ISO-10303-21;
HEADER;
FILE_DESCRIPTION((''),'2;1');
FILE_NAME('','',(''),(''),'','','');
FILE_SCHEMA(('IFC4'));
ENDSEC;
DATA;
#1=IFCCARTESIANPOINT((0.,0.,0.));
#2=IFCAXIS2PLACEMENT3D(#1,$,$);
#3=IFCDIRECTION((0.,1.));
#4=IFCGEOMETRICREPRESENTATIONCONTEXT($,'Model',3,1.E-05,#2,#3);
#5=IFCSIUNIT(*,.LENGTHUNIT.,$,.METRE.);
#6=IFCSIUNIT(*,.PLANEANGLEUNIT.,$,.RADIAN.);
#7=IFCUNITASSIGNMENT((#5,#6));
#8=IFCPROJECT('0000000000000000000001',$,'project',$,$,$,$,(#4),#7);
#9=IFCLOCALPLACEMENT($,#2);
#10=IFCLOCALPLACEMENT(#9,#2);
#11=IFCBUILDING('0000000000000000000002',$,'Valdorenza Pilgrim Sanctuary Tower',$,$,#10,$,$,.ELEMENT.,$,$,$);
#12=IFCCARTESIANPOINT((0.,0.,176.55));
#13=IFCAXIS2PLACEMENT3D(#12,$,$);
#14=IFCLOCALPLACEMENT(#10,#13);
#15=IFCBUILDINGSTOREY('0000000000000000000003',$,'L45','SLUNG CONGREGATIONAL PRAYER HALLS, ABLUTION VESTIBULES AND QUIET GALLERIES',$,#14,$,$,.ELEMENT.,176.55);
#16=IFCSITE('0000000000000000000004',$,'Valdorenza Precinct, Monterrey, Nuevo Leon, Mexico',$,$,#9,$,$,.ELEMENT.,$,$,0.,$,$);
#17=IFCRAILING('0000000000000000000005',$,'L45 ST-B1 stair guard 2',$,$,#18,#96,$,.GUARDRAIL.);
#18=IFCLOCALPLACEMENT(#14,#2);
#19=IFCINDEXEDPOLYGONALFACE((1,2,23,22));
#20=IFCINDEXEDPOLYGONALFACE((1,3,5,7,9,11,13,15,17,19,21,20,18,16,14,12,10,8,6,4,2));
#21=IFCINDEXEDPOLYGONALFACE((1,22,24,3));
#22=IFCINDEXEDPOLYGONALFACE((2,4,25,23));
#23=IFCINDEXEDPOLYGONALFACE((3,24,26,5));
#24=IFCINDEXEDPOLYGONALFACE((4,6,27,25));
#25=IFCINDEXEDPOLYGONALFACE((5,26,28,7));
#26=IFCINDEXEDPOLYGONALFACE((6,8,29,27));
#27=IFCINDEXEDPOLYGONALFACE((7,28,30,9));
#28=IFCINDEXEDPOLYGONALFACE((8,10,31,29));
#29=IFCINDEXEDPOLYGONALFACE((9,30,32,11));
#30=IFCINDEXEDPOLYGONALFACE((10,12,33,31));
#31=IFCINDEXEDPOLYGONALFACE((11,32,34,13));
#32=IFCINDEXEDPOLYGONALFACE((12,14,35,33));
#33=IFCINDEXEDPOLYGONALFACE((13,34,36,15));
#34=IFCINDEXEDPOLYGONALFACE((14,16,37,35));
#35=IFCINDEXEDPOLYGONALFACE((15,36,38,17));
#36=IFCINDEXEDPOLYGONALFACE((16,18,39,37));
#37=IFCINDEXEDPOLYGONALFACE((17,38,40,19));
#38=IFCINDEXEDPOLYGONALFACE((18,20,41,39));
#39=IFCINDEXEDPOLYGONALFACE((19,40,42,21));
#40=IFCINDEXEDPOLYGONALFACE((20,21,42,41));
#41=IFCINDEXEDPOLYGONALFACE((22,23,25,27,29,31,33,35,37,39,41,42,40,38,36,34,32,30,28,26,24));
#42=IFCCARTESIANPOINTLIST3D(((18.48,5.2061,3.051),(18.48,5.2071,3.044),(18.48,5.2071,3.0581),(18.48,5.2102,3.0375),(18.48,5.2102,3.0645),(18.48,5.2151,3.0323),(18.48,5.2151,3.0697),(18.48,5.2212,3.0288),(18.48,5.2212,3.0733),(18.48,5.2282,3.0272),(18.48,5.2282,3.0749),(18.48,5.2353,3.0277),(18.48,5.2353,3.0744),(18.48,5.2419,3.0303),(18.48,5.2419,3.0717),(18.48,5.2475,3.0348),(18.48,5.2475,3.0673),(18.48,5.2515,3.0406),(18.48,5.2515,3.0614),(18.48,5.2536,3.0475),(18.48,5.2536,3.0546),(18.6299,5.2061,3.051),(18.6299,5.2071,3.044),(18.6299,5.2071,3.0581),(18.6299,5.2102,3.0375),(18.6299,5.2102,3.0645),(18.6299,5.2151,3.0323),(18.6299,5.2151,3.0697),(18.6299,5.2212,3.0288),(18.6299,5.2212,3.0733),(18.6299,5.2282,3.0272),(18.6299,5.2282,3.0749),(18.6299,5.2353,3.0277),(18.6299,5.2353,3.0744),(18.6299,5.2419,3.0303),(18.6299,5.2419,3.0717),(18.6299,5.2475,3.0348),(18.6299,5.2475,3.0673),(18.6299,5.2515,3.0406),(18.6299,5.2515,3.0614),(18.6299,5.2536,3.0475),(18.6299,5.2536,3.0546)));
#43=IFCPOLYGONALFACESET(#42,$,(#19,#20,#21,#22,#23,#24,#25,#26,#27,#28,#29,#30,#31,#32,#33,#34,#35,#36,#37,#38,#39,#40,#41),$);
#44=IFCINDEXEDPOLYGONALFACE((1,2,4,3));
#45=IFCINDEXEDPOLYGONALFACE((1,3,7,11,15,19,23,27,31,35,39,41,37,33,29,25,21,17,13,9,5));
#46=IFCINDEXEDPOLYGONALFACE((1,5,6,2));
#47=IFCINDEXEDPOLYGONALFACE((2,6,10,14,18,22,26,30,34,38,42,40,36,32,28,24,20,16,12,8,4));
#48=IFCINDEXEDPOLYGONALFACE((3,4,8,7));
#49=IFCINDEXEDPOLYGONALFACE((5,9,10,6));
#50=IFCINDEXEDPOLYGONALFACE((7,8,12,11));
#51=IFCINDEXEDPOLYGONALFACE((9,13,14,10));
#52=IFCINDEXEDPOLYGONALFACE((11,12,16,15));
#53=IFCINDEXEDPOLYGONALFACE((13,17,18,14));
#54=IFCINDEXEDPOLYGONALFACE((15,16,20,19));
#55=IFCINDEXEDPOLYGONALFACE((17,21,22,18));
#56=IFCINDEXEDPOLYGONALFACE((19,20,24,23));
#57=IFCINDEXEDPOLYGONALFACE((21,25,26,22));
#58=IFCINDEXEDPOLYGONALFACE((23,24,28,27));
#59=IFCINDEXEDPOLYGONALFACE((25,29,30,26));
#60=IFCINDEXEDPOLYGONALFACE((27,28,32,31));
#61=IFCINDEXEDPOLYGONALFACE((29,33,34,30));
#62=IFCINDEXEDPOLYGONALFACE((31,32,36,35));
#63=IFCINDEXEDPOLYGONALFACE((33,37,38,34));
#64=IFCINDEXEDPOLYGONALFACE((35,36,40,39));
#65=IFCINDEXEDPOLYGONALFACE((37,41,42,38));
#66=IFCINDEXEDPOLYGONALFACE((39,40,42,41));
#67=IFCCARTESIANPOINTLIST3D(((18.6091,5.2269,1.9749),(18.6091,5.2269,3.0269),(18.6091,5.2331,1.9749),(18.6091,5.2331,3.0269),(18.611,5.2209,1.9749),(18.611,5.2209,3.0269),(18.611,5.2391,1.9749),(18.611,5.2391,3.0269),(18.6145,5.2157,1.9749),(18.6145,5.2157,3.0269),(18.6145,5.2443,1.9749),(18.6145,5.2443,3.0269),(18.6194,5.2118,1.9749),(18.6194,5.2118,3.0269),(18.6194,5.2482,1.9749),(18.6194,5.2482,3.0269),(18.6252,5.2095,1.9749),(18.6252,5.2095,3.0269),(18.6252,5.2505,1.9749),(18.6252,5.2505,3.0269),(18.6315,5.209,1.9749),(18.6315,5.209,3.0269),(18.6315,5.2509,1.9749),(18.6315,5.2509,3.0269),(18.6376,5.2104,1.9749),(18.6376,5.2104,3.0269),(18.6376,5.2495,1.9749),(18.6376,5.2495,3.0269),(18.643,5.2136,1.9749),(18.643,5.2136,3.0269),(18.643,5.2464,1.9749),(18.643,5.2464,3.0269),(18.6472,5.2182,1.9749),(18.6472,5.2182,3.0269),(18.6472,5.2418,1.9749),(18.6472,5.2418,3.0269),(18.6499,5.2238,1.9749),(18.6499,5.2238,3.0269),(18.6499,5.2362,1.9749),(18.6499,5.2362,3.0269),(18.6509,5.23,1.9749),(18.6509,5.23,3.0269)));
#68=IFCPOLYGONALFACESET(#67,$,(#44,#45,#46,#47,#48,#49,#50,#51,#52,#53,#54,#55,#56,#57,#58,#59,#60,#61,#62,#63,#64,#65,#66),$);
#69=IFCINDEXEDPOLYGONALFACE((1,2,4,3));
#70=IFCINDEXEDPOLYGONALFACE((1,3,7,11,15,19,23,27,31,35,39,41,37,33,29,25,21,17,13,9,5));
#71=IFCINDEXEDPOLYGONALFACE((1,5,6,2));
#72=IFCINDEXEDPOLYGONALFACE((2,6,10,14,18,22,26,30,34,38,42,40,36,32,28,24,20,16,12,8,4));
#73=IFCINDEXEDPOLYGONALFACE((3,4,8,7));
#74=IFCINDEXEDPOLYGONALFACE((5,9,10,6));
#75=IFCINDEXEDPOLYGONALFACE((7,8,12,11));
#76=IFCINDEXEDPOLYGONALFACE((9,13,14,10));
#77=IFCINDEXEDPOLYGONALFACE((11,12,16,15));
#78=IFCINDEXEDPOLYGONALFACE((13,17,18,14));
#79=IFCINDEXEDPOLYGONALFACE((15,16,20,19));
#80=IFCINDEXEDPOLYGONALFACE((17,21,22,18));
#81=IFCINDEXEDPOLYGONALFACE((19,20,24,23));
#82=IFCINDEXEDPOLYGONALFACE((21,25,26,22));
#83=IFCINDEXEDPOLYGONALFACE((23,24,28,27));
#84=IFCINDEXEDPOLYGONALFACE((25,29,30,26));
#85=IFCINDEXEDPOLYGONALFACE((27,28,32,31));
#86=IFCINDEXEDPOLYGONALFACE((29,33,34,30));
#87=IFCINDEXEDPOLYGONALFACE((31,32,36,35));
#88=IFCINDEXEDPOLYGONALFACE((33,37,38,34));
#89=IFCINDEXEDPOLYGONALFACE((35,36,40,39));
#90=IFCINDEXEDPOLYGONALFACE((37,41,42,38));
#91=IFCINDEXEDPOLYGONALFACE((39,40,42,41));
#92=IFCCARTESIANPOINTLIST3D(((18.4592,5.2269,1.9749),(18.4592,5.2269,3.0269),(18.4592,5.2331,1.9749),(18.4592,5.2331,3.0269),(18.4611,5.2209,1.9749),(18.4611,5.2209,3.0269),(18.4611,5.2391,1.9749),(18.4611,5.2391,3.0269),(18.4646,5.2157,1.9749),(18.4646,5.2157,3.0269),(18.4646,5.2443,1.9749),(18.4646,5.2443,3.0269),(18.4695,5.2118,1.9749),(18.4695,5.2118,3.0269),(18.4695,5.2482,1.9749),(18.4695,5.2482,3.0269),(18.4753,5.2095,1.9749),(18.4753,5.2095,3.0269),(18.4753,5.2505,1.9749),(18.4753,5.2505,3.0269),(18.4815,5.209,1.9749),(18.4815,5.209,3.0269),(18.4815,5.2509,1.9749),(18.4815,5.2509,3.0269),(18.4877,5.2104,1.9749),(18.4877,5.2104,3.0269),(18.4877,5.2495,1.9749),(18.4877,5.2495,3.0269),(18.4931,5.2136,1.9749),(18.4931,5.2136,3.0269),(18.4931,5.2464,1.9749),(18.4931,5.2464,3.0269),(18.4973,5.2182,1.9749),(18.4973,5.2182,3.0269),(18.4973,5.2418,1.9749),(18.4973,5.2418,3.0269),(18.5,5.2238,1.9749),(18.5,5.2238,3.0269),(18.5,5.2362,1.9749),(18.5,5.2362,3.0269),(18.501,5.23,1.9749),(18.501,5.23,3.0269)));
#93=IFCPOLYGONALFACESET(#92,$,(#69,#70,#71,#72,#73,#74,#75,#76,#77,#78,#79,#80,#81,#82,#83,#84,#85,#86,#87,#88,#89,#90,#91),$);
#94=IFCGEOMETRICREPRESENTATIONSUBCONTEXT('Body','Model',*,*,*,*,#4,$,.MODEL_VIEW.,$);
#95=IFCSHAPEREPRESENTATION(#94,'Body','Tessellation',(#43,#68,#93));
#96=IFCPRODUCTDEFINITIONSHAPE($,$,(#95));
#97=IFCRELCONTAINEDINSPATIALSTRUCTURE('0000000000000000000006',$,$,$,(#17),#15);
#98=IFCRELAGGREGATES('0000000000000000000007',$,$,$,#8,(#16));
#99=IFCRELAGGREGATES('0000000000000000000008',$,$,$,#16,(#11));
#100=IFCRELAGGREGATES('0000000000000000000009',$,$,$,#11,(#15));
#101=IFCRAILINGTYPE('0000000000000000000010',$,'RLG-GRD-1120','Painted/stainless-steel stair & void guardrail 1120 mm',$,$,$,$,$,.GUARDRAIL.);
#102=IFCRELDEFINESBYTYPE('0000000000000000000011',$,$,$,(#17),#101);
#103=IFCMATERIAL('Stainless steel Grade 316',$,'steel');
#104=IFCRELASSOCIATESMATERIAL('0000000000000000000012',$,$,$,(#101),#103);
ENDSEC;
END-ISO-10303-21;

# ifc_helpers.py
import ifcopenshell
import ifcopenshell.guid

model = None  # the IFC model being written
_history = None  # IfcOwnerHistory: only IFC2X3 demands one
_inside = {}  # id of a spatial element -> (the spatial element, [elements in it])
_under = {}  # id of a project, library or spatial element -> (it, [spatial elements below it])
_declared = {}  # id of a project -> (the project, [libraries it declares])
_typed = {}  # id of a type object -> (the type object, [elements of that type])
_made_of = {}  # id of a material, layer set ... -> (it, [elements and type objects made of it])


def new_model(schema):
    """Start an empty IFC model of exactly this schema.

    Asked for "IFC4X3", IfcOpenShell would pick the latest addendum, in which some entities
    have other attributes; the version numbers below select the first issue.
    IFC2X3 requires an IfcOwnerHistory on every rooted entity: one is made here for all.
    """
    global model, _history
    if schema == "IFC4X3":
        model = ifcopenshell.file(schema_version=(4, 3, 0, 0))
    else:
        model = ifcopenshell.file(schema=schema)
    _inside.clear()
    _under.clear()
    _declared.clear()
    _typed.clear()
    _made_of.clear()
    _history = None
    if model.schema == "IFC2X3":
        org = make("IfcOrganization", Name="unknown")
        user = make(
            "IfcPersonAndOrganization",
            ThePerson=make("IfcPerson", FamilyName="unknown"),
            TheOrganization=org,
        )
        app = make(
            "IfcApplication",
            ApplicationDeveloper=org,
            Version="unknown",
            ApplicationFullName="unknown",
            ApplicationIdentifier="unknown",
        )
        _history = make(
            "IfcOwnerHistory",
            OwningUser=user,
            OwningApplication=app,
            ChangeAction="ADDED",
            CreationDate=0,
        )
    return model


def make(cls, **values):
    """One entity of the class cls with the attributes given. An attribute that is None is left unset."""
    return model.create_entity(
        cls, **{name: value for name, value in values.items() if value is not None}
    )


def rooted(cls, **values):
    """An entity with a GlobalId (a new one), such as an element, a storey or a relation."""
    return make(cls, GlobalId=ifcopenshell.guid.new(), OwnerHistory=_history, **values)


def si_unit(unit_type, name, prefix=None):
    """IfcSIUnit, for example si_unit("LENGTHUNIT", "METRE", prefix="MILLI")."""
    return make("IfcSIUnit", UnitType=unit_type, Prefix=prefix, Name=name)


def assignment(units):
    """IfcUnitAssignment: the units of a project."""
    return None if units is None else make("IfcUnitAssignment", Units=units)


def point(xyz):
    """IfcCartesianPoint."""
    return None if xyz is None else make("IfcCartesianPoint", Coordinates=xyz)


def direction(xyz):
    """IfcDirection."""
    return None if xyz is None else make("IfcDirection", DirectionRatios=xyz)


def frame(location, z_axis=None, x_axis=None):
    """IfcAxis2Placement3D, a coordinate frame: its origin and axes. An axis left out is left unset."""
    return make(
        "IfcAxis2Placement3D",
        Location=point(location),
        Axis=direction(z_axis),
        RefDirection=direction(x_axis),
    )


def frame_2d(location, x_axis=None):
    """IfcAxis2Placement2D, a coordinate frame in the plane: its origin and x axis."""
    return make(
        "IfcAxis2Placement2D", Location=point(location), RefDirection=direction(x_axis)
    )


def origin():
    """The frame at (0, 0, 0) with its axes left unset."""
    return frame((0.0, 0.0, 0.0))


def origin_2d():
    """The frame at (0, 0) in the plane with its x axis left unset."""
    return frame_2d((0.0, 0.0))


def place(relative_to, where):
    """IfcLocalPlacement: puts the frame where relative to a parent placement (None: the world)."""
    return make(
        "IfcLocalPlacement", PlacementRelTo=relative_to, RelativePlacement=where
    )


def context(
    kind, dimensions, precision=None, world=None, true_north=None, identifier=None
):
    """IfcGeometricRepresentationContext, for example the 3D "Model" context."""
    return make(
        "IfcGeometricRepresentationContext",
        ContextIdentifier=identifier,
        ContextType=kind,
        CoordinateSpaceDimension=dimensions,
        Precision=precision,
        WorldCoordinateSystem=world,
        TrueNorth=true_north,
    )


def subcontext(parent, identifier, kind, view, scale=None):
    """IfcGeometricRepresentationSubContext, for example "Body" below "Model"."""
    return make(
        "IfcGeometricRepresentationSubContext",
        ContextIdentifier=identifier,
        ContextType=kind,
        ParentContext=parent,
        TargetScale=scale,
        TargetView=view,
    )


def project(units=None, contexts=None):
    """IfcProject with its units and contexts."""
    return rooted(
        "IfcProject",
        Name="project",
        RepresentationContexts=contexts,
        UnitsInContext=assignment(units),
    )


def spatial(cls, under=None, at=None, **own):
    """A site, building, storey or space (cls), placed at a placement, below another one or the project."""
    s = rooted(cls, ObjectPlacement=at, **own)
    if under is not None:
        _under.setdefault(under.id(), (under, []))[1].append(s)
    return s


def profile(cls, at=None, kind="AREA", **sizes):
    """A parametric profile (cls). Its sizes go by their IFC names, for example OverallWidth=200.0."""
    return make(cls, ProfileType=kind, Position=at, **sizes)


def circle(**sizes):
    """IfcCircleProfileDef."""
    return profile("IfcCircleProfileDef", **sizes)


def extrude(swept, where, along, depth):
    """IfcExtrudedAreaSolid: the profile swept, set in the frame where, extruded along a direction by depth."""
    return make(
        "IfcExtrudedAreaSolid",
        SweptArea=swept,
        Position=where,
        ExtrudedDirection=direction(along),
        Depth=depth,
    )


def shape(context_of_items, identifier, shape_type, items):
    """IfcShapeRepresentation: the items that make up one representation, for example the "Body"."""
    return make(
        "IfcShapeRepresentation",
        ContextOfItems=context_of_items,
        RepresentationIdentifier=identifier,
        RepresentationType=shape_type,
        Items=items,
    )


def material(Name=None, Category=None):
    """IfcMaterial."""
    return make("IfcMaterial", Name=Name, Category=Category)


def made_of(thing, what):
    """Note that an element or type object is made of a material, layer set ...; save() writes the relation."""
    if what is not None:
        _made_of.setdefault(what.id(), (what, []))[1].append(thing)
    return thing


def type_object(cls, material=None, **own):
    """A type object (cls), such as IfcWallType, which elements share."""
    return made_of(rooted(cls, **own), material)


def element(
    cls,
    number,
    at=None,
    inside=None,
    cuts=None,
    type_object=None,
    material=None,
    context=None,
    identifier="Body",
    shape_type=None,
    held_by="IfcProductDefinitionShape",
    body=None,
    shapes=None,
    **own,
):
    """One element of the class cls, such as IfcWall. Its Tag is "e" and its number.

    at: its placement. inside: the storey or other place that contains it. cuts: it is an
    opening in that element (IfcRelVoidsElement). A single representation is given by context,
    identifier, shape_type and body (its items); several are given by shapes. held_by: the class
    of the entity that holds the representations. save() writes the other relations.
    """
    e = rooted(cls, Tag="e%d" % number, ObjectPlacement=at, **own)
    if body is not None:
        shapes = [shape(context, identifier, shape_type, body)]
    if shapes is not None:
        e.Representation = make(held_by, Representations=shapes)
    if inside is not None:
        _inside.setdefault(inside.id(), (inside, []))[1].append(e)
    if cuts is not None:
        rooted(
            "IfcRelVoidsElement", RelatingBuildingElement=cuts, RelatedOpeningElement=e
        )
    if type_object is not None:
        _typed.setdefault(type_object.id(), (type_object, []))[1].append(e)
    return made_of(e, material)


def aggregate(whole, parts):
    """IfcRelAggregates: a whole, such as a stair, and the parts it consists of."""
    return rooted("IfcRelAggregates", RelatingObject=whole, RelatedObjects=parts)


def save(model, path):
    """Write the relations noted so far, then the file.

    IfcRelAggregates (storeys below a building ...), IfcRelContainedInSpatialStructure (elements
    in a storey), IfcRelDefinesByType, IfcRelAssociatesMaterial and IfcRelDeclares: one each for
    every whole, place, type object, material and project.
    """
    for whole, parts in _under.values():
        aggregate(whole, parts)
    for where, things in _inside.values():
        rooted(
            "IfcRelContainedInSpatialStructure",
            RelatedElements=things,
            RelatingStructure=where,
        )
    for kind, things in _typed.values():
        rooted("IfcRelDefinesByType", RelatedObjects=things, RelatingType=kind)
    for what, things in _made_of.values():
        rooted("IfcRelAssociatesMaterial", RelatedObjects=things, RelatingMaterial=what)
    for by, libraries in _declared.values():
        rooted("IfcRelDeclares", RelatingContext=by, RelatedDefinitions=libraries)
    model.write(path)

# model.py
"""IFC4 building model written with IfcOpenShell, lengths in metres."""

from ifc_helpers import new_model, si_unit, direction, frame, origin, origin_2d, place, context, subcontext, project, spatial, circle, extrude, material, type_object, element, save


model = new_model("IFC4")

# Units and contexts
model_context = context("Model", 3, precision=1e-05, world=origin(), true_north=direction((0.0, 1.0)))
body_context = subcontext(model_context, "Body", "Model", "MODEL_VIEW")
ifc_project = project(units=[si_unit("LENGTHUNIT", "METRE"), si_unit("PLANEANGLEUNIT", "RADIAN")], contexts=[model_context])

# Site, building, storey
site_placement = place(None, origin())
site = spatial("IfcSite", under=ifc_project, at=site_placement, Name="Valdorenza Precinct, Monterrey, Nuevo Leon, Mexico", CompositionType="ELEMENT", RefElevation=0.0)
building_placement = place(site_placement, origin())
building = spatial("IfcBuilding", under=site, at=building_placement, Name="Valdorenza Pilgrim Sanctuary Tower", CompositionType="ELEMENT")
storey_placement = place(building_placement, frame((0.0, 0.0, 176.55)))
storey = spatial("IfcBuildingStorey", under=building, at=storey_placement, Name="L45", Description="SLUNG CONGREGATIONAL PRAYER HALLS, ABLUTION VESTIBULES AND QUIET GALLERIES", CompositionType="ELEMENT", Elevation=176.55)

# Railing
ifc_material_1 = material(Name="Stainless steel Grade 316", Category="steel")
railing_type_1 = type_object("IfcRailingType", Name="RLG-GRD-1120", Description="Painted/stainless-steel stair & void guardrail 1120 mm", PredefinedType="GUARDRAIL", material=ifc_material_1)
railing_1_placement = place(storey_placement, frame((18.6299, 5.23, 1.9749)))
element("IfcRailing", 1, at=railing_1_placement, inside=storey, type_object=railing_type_1, Name="L45 ST-B1 stair guard 2", PredefinedType="GUARDRAIL", context=body_context, shape_type="SweptSolid", body=[
    extrude(circle(Radius=0.0239, at=origin_2d()), frame((0.0, 0.0, 1.0762), z_axis=(-1.0, 0.0, 0.0), x_axis=(0.0, -1.0, 0.0)), (0.0, 0.0, 1.0), 0.1499),
    extrude(circle(Radius=0.021, at=origin_2d()), origin(), (0.0, 0.0, 1.0), 1.052),
    extrude(circle(Radius=0.021, at=origin_2d()), frame((-0.1499, 0.0, 0.0)), (0.0, 0.0, 1.0), 1.052),
])

save(model, "model.ifc")
